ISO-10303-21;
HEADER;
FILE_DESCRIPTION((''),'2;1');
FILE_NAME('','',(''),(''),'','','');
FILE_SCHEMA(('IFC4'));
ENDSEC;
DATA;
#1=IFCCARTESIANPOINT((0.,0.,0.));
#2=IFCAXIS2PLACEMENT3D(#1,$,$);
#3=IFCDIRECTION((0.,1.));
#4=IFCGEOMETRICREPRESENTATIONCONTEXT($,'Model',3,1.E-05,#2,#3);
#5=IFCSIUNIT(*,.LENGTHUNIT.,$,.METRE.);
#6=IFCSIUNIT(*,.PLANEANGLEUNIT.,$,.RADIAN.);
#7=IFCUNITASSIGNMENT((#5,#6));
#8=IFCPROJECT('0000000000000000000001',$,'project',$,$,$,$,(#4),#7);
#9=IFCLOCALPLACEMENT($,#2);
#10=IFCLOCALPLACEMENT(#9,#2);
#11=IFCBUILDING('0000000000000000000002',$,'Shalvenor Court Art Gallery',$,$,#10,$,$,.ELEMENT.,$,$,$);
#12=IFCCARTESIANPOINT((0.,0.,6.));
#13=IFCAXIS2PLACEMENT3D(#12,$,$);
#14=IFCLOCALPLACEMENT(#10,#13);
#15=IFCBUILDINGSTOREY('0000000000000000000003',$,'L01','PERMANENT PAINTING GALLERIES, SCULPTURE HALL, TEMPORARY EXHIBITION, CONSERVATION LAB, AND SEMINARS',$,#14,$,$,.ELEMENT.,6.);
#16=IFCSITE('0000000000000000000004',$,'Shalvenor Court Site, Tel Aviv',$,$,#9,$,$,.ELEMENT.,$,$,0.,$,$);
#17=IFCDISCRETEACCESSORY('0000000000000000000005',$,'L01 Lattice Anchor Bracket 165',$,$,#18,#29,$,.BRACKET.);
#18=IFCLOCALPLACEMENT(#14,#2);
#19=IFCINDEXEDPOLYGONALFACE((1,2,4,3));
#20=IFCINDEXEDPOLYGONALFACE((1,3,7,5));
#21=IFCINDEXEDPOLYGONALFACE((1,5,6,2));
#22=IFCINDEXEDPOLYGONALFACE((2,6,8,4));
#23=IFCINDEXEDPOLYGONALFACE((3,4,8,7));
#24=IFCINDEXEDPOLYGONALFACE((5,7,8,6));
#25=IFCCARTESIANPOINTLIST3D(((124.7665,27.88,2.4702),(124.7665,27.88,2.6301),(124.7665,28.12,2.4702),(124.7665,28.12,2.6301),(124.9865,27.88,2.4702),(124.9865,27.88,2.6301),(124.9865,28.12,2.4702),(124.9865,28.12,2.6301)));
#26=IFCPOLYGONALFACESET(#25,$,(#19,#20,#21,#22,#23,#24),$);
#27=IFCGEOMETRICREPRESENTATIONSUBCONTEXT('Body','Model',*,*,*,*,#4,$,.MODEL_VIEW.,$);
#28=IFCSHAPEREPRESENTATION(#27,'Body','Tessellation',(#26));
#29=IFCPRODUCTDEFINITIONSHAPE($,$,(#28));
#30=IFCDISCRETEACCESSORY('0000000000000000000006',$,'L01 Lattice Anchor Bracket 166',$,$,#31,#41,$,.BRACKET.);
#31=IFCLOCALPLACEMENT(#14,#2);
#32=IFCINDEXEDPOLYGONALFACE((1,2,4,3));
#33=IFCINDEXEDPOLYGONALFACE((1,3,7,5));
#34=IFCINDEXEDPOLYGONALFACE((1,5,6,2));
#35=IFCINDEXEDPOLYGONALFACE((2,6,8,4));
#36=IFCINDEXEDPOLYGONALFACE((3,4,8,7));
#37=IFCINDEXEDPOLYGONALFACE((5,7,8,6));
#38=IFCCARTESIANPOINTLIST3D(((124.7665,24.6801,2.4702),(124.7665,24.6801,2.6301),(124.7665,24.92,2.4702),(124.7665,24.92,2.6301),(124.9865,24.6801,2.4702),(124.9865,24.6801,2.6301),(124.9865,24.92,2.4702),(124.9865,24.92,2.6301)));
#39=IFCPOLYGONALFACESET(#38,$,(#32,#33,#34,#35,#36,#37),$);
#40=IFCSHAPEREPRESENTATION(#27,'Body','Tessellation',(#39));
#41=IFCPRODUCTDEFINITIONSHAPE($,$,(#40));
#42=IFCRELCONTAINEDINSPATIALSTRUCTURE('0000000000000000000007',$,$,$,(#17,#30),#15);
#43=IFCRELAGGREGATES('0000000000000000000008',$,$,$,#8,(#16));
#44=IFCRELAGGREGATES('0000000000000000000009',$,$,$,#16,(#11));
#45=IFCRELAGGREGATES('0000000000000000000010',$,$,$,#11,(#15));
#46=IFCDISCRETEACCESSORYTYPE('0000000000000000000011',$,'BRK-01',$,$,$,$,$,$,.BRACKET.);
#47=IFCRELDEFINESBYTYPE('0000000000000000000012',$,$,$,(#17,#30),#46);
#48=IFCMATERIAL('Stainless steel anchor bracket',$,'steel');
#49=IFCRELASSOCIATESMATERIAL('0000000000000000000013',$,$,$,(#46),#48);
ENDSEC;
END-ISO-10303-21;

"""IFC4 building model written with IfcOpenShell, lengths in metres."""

from ifc_helpers import new_model, si_unit, direction, frame, origin, origin_2d, place, context, subcontext, project, spatial, rectangle, extrude, material, type_object, element, save


model = new_model("IFC4")

# Units and contexts
model_context = context("Model", 3, precision=1e-05, world=origin(), true_north=direction((0.0, 1.0)))
body_context = subcontext(model_context, "Body", "Model", "MODEL_VIEW")
ifc_project = project(units=[si_unit("LENGTHUNIT", "METRE"), si_unit("PLANEANGLEUNIT", "RADIAN")], contexts=[model_context])

# Site, building, storey
site_placement = place(None, origin())
site = spatial("IfcSite", under=ifc_project, at=site_placement, Name="Shalvenor Court Site, Tel Aviv", CompositionType="ELEMENT", RefElevation=0.0)
building_placement = place(site_placement, origin())
building = spatial("IfcBuilding", under=site, at=building_placement, Name="Shalvenor Court Art Gallery", CompositionType="ELEMENT")
storey_placement = place(building_placement, frame((0.0, 0.0, 6.0)))
storey = spatial("IfcBuildingStorey", under=building, at=storey_placement, Name="L01", Description="PERMANENT PAINTING GALLERIES, SCULPTURE HALL, TEMPORARY EXHIBITION, CONSERVATION LAB, AND SEMINARS", CompositionType="ELEMENT", Elevation=6.0)

# Discrete accessories
ifc_material_1 = material(Name="Stainless steel anchor bracket", Category="steel")
discrete_accessory_type = type_object("IfcDiscreteAccessoryType", Name="BRK-01", PredefinedType="BRACKET", material=ifc_material_1)
for number, where, z_axis, x_axis, name in (
    (1, (124.8765, 28.0, 2.4702), (0.0, 0.0, 1.0), (0.0, -1.0, 0.0), "L01 Lattice Anchor Bracket 165"),
    (2, (124.8765, 24.8, 2.4702), (0.0, 0.0, 1.0), (0.0, -1.0, 0.0), "L01 Lattice Anchor Bracket 166"),
):
    element("IfcDiscreteAccessory", number, at=place(storey_placement, frame(where, z_axis=z_axis, x_axis=x_axis)), inside=storey, type_object=discrete_accessory_type, Name=name, PredefinedType="BRACKET", context=body_context, shape_type="SweptSolid", body=[
        extrude(rectangle(XDim=0.24, YDim=0.22, at=origin_2d()), origin(), (0.0, 0.0, 1.0), 0.1599),
    ])

save(model, "model.ifc")
